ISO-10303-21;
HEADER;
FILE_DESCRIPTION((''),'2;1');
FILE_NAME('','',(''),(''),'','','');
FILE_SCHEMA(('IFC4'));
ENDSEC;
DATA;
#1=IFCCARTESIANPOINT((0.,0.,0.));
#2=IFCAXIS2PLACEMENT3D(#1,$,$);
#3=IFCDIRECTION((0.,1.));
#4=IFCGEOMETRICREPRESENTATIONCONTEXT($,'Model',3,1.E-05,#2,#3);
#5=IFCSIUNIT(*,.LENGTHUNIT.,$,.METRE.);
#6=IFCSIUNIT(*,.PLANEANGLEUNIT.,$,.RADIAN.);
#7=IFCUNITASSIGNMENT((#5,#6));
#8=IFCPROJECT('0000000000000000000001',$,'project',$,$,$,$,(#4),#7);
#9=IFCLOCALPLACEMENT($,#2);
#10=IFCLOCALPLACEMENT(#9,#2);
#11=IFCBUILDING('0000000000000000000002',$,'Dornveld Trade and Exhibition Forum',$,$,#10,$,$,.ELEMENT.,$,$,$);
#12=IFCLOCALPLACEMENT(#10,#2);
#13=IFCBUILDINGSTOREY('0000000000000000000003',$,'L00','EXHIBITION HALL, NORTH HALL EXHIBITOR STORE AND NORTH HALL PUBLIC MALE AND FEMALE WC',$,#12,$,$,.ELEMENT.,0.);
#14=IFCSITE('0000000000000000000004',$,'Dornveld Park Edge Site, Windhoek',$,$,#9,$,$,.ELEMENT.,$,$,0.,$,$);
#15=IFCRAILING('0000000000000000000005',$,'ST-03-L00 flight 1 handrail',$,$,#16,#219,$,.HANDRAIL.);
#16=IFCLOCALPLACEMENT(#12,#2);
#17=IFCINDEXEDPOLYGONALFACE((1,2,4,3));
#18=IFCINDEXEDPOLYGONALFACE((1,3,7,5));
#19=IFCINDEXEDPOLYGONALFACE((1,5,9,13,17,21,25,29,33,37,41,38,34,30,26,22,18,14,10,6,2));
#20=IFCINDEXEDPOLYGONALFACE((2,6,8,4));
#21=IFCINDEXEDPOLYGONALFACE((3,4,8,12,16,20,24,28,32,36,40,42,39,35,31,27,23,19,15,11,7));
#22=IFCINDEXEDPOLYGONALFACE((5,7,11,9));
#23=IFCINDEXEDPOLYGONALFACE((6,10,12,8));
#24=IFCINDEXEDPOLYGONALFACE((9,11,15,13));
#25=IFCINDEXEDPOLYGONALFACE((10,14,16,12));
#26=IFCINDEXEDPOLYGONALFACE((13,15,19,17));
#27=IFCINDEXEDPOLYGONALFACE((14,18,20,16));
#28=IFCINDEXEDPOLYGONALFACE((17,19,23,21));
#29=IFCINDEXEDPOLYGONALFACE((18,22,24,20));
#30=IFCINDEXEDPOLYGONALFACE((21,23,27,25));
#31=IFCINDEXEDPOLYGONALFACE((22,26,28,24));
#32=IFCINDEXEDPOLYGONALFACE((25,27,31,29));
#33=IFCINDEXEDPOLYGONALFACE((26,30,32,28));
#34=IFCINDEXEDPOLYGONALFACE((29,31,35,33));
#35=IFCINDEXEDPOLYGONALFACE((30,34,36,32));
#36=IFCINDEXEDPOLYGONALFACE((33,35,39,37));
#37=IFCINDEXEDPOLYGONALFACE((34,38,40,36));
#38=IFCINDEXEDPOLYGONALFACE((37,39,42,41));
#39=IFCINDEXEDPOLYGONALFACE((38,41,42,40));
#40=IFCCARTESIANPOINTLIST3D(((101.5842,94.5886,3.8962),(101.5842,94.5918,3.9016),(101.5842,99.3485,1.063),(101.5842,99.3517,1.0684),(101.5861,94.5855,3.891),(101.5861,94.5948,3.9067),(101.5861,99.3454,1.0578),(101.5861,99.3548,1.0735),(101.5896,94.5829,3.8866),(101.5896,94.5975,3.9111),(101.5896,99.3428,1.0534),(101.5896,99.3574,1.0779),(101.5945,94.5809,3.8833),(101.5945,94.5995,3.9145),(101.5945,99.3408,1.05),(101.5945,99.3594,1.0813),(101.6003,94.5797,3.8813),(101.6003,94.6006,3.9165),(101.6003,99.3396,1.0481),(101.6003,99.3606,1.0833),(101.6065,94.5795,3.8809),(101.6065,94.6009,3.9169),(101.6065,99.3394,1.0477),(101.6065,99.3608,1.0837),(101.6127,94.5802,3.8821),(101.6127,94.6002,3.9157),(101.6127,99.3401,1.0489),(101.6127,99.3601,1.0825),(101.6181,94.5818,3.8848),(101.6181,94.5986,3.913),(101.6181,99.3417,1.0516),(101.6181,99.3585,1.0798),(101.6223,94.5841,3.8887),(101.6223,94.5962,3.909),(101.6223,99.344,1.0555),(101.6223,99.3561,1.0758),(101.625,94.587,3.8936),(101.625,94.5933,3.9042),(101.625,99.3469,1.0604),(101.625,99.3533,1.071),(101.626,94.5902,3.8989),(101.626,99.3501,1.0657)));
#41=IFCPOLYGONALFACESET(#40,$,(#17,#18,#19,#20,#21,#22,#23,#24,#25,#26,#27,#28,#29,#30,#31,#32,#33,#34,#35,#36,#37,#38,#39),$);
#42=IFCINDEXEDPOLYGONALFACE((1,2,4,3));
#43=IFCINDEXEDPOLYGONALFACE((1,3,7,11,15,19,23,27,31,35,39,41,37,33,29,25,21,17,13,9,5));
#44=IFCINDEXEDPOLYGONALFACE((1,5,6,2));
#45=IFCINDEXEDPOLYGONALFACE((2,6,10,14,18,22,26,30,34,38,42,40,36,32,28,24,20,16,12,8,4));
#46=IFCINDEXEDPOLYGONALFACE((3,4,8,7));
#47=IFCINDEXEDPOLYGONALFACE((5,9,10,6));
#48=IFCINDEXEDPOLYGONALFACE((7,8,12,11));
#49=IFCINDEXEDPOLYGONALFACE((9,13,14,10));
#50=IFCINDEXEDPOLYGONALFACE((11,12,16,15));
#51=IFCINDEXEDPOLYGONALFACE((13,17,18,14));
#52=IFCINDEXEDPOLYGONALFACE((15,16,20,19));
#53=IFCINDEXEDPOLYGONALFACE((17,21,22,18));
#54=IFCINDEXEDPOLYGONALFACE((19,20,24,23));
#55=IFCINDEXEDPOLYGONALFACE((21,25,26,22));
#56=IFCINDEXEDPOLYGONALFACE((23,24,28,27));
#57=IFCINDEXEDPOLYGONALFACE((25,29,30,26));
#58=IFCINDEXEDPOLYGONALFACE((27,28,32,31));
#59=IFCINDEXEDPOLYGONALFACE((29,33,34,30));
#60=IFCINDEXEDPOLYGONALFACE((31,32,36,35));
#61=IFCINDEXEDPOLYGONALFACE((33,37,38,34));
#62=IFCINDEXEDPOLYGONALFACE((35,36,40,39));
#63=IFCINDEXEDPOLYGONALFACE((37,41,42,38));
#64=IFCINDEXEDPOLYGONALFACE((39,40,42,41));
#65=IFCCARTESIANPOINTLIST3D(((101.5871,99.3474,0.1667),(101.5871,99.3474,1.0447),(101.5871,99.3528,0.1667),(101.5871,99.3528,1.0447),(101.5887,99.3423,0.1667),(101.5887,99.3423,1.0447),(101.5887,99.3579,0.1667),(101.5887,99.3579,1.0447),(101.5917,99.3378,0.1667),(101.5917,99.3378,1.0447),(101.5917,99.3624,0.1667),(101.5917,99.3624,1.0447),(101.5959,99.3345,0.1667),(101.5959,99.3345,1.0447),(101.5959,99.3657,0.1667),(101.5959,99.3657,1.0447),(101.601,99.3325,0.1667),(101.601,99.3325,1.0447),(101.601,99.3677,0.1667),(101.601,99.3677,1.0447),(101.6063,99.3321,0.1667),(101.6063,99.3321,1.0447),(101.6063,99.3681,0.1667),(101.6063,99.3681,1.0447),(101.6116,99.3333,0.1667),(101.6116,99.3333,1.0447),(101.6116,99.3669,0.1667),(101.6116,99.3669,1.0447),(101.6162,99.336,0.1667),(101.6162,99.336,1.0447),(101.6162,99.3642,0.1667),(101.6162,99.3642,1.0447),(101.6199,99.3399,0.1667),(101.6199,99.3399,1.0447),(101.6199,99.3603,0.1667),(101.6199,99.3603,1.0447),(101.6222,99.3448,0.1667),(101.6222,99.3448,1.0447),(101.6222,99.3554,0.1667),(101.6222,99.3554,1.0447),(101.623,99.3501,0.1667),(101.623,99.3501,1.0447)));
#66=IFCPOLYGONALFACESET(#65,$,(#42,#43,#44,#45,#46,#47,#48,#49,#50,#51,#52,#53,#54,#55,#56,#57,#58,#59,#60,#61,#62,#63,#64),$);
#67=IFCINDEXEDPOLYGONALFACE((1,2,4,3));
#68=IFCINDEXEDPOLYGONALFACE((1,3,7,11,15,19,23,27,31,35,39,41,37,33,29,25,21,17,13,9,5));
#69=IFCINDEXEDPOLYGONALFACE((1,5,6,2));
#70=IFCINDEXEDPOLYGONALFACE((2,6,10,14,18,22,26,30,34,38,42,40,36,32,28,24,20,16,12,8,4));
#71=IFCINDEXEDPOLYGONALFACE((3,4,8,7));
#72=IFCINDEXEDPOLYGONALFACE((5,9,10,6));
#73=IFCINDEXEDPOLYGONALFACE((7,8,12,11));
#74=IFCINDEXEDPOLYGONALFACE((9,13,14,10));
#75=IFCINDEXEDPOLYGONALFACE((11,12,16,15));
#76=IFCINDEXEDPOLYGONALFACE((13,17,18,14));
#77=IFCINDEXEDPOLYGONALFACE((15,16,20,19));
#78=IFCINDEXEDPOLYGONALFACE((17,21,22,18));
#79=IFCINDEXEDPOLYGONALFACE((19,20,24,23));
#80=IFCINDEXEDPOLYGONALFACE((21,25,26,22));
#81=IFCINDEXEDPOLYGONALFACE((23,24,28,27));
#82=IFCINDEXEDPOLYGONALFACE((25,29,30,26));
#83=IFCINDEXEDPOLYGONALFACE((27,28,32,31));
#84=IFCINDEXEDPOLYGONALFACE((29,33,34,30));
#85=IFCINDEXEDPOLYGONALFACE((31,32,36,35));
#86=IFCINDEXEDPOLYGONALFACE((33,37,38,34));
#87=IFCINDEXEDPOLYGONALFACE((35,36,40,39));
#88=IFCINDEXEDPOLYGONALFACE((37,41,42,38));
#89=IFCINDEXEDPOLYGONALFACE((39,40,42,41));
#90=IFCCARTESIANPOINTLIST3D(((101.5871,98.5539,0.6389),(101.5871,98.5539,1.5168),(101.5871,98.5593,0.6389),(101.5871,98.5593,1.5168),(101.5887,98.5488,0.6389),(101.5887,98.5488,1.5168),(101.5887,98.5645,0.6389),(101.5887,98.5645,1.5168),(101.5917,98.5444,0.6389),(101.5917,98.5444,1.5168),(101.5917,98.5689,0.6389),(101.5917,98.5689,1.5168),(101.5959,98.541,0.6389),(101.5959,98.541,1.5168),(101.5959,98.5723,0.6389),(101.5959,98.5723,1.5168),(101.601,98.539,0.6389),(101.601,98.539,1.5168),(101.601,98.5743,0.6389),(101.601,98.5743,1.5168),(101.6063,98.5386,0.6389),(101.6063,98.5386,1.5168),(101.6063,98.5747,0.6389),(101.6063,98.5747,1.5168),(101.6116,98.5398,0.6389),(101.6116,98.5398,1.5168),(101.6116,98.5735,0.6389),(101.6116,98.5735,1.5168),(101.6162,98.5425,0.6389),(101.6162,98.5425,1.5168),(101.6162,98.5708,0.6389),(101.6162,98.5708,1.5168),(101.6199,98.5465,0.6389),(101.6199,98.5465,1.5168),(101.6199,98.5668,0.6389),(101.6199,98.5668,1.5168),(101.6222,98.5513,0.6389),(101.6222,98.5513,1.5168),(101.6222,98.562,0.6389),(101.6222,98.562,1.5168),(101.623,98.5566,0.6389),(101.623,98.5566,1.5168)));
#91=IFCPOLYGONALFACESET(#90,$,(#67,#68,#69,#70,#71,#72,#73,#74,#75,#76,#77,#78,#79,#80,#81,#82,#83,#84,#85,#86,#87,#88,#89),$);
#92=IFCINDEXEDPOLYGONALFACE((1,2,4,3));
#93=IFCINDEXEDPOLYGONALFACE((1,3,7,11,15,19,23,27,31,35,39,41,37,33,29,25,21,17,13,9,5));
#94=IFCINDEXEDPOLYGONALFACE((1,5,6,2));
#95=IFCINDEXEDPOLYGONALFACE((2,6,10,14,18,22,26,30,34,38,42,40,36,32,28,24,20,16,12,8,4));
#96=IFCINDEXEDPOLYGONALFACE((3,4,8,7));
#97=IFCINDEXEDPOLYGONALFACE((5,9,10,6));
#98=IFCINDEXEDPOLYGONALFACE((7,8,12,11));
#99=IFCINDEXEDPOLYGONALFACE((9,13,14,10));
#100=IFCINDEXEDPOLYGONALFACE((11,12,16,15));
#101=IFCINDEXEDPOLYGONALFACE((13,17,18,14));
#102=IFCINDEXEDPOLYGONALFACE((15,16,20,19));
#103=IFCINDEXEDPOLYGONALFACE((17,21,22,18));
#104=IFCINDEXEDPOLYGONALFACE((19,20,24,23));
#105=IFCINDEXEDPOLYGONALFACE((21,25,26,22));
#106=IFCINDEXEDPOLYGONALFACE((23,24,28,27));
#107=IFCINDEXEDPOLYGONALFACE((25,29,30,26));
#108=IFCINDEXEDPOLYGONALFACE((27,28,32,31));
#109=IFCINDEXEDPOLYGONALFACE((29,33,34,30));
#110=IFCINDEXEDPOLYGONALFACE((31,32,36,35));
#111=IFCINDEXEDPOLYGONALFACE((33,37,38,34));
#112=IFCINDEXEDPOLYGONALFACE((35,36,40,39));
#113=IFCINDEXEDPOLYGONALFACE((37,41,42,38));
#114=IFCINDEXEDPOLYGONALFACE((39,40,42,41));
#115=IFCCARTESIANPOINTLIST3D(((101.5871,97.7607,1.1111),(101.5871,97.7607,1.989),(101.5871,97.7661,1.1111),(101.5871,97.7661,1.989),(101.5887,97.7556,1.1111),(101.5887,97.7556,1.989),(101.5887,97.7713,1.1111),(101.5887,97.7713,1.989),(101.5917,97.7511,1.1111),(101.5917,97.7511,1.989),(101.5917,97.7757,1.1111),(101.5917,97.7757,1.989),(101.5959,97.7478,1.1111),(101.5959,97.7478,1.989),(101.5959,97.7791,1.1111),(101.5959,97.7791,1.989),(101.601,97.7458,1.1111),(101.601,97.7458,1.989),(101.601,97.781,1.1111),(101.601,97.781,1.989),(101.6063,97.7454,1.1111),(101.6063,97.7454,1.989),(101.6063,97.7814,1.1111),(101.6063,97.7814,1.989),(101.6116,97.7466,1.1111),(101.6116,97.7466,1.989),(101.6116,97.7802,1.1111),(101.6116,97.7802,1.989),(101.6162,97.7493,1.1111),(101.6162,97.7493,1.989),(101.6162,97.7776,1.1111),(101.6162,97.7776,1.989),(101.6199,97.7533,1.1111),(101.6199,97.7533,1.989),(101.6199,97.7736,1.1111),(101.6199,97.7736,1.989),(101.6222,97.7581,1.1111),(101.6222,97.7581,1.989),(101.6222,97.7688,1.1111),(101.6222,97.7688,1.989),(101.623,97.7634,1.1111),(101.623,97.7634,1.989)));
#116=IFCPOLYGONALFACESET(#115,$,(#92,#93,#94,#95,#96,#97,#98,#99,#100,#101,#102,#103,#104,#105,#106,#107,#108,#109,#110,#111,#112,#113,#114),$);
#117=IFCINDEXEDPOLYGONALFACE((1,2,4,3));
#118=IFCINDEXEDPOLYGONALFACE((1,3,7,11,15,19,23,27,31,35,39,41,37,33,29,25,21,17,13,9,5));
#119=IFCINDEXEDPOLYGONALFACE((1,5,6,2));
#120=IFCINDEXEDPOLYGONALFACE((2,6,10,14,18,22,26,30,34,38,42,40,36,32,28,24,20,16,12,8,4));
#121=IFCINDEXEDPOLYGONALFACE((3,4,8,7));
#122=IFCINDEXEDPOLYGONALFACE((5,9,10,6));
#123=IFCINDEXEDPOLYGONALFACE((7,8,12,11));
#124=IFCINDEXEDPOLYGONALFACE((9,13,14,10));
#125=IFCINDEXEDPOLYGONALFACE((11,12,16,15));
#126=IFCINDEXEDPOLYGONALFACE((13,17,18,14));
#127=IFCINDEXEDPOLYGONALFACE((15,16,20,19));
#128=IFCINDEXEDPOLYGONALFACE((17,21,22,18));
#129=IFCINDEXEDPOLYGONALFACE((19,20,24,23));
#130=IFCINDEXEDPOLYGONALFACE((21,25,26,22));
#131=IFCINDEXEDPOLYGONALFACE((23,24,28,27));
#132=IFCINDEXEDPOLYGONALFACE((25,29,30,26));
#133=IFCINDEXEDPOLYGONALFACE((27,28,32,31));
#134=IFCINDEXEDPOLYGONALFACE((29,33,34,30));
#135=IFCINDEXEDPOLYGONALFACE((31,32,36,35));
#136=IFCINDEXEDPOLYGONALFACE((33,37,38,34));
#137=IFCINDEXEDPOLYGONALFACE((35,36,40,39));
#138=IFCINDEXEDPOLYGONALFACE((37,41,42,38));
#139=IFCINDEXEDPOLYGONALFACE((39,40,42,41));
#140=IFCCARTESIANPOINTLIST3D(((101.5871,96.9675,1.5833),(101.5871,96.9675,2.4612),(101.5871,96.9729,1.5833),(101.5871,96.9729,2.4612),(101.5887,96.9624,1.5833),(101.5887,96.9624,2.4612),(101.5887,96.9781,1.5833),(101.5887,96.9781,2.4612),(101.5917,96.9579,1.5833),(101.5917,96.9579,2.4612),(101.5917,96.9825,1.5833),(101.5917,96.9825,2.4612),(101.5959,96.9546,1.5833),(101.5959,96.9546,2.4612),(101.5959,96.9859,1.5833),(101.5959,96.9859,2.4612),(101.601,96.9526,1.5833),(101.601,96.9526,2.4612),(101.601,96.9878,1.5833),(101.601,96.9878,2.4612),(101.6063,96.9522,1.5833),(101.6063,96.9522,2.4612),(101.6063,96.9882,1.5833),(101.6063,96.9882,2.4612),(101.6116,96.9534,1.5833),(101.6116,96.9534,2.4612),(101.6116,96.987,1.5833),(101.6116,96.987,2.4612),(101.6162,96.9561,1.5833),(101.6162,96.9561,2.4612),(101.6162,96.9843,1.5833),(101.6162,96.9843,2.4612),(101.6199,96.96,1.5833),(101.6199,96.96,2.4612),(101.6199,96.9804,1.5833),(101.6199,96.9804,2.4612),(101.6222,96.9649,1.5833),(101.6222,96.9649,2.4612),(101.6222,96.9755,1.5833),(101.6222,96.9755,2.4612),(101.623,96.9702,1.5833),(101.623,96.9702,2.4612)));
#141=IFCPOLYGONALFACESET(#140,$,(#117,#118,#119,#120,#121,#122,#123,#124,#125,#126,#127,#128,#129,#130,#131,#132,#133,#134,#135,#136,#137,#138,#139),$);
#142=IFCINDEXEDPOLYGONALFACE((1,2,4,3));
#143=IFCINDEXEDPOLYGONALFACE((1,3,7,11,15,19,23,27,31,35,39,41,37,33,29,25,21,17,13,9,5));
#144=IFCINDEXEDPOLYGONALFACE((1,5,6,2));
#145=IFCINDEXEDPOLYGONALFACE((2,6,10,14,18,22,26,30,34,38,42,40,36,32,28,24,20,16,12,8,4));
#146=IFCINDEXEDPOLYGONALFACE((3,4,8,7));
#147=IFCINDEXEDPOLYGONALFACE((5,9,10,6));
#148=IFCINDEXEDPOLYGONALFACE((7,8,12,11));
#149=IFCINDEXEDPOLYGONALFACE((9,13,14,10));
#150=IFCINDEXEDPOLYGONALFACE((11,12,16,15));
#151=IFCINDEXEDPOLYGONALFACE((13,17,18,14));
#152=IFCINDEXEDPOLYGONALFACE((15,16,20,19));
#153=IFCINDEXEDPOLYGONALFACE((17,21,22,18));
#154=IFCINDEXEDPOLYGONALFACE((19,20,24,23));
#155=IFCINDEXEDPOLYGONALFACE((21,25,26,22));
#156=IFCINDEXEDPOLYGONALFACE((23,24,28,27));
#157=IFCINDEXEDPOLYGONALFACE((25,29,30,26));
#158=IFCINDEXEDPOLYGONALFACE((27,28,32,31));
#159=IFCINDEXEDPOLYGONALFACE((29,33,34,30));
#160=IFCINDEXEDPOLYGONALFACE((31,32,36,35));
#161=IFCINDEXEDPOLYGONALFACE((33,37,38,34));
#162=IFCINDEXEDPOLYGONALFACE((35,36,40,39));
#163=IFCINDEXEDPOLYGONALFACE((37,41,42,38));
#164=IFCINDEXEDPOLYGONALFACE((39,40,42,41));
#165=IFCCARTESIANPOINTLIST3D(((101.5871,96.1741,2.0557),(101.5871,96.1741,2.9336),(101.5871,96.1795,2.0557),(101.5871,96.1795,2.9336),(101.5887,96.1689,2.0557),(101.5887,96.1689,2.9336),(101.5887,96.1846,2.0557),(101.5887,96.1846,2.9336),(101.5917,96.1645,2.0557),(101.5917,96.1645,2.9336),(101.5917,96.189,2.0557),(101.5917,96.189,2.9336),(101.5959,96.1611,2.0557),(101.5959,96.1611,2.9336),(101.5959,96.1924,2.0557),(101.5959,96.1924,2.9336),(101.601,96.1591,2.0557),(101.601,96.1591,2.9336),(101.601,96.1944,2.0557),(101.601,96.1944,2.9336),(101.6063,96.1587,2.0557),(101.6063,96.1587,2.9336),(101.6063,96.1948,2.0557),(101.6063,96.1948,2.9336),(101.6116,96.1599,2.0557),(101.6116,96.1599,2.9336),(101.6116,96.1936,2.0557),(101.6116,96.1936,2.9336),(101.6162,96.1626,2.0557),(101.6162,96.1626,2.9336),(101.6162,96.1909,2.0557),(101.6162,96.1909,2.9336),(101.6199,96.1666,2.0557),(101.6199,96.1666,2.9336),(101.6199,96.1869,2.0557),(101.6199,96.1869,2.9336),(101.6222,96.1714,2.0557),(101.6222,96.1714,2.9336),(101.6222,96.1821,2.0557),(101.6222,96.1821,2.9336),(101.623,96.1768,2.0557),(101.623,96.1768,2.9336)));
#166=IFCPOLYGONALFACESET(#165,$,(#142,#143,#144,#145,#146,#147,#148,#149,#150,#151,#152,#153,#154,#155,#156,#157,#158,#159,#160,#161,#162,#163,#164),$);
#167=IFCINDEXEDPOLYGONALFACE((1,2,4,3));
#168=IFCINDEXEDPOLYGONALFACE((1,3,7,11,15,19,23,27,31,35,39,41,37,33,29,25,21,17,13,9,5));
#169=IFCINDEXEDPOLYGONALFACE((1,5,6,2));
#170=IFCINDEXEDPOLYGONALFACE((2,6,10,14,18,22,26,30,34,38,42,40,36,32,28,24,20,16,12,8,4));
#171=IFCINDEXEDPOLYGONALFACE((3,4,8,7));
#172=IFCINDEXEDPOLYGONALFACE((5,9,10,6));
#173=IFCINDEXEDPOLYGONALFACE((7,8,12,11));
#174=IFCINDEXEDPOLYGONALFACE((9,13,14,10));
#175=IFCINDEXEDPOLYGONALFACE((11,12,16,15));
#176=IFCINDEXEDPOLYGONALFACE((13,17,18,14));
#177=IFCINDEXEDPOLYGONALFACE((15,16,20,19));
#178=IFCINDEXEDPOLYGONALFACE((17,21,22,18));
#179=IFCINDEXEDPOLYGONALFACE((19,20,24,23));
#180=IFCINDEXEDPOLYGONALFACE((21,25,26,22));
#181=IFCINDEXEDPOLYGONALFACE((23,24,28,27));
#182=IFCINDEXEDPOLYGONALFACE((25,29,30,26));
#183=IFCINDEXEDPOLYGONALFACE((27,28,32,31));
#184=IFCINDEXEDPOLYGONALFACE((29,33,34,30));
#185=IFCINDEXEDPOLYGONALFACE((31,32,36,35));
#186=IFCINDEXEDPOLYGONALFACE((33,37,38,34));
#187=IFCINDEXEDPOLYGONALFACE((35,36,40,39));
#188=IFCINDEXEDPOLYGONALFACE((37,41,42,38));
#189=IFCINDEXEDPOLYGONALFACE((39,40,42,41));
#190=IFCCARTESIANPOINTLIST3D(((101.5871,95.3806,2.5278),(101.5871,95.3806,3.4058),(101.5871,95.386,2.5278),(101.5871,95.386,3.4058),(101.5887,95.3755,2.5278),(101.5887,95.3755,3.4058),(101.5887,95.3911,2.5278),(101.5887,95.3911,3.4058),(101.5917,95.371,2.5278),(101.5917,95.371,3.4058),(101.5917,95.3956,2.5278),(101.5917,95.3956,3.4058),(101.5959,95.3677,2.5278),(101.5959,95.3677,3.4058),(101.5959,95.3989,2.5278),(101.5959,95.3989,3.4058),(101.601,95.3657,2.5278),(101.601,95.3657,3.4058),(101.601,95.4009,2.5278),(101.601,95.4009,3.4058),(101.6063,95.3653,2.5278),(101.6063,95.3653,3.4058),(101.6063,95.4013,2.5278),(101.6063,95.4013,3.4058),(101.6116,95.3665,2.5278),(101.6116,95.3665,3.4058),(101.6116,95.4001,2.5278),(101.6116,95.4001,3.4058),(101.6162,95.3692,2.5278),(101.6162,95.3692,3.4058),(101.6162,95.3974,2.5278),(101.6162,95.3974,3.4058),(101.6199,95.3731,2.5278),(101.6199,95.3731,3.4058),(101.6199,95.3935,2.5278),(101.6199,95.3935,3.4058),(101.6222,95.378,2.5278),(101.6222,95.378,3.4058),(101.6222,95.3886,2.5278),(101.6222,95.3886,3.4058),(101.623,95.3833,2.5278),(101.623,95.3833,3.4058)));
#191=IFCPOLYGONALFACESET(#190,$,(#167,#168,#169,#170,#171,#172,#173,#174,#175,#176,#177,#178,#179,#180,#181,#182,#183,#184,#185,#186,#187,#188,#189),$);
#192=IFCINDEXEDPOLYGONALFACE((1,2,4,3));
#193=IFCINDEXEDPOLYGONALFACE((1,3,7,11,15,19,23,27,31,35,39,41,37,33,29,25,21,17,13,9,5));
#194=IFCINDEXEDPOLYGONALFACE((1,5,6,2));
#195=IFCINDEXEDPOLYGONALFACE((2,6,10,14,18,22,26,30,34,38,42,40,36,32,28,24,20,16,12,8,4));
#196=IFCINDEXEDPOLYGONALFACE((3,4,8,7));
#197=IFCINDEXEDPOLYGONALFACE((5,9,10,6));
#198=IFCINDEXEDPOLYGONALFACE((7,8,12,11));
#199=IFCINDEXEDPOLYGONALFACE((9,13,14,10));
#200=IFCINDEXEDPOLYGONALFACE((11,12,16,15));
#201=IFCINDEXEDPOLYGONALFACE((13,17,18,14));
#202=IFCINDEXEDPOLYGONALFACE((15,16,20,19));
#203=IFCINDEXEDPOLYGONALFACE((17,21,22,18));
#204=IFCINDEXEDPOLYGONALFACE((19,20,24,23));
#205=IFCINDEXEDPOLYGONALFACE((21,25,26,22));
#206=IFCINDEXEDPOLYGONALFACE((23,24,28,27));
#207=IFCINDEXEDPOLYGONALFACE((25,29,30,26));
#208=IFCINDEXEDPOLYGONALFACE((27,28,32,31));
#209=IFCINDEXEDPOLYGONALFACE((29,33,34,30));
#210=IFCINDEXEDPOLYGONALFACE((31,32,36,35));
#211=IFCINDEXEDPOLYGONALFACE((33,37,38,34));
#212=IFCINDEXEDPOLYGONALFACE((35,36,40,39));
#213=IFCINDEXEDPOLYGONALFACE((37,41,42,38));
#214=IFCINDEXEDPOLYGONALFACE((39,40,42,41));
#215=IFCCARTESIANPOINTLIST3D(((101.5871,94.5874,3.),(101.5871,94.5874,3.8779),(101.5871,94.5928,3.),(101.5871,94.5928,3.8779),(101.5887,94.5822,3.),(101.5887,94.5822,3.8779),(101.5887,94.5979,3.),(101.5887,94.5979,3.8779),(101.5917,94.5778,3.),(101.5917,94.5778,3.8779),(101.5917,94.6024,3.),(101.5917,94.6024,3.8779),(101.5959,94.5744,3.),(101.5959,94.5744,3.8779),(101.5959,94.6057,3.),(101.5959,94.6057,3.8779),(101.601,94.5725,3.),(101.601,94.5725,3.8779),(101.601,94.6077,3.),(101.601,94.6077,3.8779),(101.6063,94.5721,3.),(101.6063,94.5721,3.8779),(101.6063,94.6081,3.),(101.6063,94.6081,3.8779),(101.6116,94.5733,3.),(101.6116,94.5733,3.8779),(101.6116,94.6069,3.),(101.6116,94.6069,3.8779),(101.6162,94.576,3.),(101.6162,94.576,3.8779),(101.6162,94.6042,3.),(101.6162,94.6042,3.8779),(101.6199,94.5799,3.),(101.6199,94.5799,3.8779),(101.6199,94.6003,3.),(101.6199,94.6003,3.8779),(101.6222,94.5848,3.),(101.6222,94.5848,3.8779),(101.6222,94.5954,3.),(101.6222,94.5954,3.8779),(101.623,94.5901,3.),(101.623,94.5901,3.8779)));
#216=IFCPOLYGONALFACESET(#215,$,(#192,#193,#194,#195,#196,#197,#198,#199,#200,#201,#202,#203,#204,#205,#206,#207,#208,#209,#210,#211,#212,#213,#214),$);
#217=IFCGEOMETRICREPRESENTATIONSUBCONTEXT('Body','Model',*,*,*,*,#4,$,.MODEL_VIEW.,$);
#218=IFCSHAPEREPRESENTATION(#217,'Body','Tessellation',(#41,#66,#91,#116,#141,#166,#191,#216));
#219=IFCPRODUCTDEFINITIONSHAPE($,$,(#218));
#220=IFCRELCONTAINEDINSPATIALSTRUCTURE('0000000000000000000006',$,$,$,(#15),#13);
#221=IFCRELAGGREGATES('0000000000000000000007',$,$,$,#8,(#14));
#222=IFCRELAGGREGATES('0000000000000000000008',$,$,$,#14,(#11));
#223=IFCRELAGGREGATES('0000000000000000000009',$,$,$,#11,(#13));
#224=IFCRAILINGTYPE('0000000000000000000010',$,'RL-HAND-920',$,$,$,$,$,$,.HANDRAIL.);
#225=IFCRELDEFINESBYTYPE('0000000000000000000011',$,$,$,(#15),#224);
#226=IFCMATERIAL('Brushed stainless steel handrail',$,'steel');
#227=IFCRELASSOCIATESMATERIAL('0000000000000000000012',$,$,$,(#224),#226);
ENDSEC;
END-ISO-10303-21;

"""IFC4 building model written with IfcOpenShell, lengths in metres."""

from ifc_helpers import new_model, si_unit, direction, frame, origin, origin_2d, place, context, subcontext, project, spatial, circle, extrude, material, type_object, element, save


model = new_model("IFC4")

# Units and contexts
model_context = context("Model", 3, precision=1e-05, world=origin(), true_north=direction((0.0, 1.0)))
body_context = subcontext(model_context, "Body", "Model", "MODEL_VIEW")
ifc_project = project(units=[si_unit("LENGTHUNIT", "METRE"), si_unit("PLANEANGLEUNIT", "RADIAN")], contexts=[model_context])

# Site, building, storey
site_placement = place(None, origin())
site = spatial("IfcSite", under=ifc_project, at=site_placement, Name="Dornveld Park Edge Site, Windhoek", CompositionType="ELEMENT", RefElevation=0.0)
building_placement = place(site_placement, origin())
building = spatial("IfcBuilding", under=site, at=building_placement, Name="Dornveld Trade and Exhibition Forum", CompositionType="ELEMENT")
storey_placement = place(building_placement, origin())
storey = spatial("IfcBuildingStorey", under=building, at=storey_placement, Name="L00", Description="EXHIBITION HALL, NORTH HALL EXHIBITOR STORE AND NORTH HALL PUBLIC MALE AND FEMALE WC", CompositionType="ELEMENT", Elevation=0.0)

# Railing
ifc_material_1 = material(Name="Brushed stainless steel handrail", Category="steel")
railing_type_1 = type_object("IfcRailingType", Name="RL-HAND-920", PredefinedType="HANDRAIL", material=ifc_material_1)
railing_1_placement = place(storey_placement, frame((101.605, 99.3501, 0.1667)))
element("IfcRailing", 1, at=railing_1_placement, inside=storey, type_object=railing_type_1, Name="ST-03-L00 flight 1 handrail", PredefinedType="HANDRAIL", context=body_context, shape_type="SweptSolid", body=[
    extrude(circle(Radius=0.021, at=origin_2d()), frame((0.0, 0.0, 0.8989), z_axis=(0.0, -0.8593, 0.511472), x_axis=(1.0, 0.0, 0.0)), (0.0, 0.0, 1.0), 5.5393),
    extrude(circle(Radius=0.0181, at=origin_2d()), origin(), (0.0, 0.0, 1.0), 0.8779),
    extrude(circle(Radius=0.0181, at=origin_2d()), frame((0.0, -0.7935, 0.4722)), (0.0, 0.0, 1.0), 0.8779),
    extrude(circle(Radius=0.0181, at=origin_2d()), frame((0.0, -1.5867, 0.9443)), (0.0, 0.0, 1.0), 0.8779),
    extrude(circle(Radius=0.0181, at=origin_2d()), frame((0.0, -2.3799, 1.4165)), (0.0, 0.0, 1.0), 0.8779),
    extrude(circle(Radius=0.0181, at=origin_2d()), frame((0.0, -3.1733, 1.8889)), (0.0, 0.0, 1.0), 0.8779),
    extrude(circle(Radius=0.0181, at=origin_2d()), frame((0.0, -3.9668, 2.3611)), (0.0, 0.0, 1.0), 0.8779),
    extrude(circle(Radius=0.0181, at=origin_2d()), frame((0.0, -4.76, 2.8333)), (0.0, 0.0, 1.0), 0.8779),
])

save(model, "model.ifc")
